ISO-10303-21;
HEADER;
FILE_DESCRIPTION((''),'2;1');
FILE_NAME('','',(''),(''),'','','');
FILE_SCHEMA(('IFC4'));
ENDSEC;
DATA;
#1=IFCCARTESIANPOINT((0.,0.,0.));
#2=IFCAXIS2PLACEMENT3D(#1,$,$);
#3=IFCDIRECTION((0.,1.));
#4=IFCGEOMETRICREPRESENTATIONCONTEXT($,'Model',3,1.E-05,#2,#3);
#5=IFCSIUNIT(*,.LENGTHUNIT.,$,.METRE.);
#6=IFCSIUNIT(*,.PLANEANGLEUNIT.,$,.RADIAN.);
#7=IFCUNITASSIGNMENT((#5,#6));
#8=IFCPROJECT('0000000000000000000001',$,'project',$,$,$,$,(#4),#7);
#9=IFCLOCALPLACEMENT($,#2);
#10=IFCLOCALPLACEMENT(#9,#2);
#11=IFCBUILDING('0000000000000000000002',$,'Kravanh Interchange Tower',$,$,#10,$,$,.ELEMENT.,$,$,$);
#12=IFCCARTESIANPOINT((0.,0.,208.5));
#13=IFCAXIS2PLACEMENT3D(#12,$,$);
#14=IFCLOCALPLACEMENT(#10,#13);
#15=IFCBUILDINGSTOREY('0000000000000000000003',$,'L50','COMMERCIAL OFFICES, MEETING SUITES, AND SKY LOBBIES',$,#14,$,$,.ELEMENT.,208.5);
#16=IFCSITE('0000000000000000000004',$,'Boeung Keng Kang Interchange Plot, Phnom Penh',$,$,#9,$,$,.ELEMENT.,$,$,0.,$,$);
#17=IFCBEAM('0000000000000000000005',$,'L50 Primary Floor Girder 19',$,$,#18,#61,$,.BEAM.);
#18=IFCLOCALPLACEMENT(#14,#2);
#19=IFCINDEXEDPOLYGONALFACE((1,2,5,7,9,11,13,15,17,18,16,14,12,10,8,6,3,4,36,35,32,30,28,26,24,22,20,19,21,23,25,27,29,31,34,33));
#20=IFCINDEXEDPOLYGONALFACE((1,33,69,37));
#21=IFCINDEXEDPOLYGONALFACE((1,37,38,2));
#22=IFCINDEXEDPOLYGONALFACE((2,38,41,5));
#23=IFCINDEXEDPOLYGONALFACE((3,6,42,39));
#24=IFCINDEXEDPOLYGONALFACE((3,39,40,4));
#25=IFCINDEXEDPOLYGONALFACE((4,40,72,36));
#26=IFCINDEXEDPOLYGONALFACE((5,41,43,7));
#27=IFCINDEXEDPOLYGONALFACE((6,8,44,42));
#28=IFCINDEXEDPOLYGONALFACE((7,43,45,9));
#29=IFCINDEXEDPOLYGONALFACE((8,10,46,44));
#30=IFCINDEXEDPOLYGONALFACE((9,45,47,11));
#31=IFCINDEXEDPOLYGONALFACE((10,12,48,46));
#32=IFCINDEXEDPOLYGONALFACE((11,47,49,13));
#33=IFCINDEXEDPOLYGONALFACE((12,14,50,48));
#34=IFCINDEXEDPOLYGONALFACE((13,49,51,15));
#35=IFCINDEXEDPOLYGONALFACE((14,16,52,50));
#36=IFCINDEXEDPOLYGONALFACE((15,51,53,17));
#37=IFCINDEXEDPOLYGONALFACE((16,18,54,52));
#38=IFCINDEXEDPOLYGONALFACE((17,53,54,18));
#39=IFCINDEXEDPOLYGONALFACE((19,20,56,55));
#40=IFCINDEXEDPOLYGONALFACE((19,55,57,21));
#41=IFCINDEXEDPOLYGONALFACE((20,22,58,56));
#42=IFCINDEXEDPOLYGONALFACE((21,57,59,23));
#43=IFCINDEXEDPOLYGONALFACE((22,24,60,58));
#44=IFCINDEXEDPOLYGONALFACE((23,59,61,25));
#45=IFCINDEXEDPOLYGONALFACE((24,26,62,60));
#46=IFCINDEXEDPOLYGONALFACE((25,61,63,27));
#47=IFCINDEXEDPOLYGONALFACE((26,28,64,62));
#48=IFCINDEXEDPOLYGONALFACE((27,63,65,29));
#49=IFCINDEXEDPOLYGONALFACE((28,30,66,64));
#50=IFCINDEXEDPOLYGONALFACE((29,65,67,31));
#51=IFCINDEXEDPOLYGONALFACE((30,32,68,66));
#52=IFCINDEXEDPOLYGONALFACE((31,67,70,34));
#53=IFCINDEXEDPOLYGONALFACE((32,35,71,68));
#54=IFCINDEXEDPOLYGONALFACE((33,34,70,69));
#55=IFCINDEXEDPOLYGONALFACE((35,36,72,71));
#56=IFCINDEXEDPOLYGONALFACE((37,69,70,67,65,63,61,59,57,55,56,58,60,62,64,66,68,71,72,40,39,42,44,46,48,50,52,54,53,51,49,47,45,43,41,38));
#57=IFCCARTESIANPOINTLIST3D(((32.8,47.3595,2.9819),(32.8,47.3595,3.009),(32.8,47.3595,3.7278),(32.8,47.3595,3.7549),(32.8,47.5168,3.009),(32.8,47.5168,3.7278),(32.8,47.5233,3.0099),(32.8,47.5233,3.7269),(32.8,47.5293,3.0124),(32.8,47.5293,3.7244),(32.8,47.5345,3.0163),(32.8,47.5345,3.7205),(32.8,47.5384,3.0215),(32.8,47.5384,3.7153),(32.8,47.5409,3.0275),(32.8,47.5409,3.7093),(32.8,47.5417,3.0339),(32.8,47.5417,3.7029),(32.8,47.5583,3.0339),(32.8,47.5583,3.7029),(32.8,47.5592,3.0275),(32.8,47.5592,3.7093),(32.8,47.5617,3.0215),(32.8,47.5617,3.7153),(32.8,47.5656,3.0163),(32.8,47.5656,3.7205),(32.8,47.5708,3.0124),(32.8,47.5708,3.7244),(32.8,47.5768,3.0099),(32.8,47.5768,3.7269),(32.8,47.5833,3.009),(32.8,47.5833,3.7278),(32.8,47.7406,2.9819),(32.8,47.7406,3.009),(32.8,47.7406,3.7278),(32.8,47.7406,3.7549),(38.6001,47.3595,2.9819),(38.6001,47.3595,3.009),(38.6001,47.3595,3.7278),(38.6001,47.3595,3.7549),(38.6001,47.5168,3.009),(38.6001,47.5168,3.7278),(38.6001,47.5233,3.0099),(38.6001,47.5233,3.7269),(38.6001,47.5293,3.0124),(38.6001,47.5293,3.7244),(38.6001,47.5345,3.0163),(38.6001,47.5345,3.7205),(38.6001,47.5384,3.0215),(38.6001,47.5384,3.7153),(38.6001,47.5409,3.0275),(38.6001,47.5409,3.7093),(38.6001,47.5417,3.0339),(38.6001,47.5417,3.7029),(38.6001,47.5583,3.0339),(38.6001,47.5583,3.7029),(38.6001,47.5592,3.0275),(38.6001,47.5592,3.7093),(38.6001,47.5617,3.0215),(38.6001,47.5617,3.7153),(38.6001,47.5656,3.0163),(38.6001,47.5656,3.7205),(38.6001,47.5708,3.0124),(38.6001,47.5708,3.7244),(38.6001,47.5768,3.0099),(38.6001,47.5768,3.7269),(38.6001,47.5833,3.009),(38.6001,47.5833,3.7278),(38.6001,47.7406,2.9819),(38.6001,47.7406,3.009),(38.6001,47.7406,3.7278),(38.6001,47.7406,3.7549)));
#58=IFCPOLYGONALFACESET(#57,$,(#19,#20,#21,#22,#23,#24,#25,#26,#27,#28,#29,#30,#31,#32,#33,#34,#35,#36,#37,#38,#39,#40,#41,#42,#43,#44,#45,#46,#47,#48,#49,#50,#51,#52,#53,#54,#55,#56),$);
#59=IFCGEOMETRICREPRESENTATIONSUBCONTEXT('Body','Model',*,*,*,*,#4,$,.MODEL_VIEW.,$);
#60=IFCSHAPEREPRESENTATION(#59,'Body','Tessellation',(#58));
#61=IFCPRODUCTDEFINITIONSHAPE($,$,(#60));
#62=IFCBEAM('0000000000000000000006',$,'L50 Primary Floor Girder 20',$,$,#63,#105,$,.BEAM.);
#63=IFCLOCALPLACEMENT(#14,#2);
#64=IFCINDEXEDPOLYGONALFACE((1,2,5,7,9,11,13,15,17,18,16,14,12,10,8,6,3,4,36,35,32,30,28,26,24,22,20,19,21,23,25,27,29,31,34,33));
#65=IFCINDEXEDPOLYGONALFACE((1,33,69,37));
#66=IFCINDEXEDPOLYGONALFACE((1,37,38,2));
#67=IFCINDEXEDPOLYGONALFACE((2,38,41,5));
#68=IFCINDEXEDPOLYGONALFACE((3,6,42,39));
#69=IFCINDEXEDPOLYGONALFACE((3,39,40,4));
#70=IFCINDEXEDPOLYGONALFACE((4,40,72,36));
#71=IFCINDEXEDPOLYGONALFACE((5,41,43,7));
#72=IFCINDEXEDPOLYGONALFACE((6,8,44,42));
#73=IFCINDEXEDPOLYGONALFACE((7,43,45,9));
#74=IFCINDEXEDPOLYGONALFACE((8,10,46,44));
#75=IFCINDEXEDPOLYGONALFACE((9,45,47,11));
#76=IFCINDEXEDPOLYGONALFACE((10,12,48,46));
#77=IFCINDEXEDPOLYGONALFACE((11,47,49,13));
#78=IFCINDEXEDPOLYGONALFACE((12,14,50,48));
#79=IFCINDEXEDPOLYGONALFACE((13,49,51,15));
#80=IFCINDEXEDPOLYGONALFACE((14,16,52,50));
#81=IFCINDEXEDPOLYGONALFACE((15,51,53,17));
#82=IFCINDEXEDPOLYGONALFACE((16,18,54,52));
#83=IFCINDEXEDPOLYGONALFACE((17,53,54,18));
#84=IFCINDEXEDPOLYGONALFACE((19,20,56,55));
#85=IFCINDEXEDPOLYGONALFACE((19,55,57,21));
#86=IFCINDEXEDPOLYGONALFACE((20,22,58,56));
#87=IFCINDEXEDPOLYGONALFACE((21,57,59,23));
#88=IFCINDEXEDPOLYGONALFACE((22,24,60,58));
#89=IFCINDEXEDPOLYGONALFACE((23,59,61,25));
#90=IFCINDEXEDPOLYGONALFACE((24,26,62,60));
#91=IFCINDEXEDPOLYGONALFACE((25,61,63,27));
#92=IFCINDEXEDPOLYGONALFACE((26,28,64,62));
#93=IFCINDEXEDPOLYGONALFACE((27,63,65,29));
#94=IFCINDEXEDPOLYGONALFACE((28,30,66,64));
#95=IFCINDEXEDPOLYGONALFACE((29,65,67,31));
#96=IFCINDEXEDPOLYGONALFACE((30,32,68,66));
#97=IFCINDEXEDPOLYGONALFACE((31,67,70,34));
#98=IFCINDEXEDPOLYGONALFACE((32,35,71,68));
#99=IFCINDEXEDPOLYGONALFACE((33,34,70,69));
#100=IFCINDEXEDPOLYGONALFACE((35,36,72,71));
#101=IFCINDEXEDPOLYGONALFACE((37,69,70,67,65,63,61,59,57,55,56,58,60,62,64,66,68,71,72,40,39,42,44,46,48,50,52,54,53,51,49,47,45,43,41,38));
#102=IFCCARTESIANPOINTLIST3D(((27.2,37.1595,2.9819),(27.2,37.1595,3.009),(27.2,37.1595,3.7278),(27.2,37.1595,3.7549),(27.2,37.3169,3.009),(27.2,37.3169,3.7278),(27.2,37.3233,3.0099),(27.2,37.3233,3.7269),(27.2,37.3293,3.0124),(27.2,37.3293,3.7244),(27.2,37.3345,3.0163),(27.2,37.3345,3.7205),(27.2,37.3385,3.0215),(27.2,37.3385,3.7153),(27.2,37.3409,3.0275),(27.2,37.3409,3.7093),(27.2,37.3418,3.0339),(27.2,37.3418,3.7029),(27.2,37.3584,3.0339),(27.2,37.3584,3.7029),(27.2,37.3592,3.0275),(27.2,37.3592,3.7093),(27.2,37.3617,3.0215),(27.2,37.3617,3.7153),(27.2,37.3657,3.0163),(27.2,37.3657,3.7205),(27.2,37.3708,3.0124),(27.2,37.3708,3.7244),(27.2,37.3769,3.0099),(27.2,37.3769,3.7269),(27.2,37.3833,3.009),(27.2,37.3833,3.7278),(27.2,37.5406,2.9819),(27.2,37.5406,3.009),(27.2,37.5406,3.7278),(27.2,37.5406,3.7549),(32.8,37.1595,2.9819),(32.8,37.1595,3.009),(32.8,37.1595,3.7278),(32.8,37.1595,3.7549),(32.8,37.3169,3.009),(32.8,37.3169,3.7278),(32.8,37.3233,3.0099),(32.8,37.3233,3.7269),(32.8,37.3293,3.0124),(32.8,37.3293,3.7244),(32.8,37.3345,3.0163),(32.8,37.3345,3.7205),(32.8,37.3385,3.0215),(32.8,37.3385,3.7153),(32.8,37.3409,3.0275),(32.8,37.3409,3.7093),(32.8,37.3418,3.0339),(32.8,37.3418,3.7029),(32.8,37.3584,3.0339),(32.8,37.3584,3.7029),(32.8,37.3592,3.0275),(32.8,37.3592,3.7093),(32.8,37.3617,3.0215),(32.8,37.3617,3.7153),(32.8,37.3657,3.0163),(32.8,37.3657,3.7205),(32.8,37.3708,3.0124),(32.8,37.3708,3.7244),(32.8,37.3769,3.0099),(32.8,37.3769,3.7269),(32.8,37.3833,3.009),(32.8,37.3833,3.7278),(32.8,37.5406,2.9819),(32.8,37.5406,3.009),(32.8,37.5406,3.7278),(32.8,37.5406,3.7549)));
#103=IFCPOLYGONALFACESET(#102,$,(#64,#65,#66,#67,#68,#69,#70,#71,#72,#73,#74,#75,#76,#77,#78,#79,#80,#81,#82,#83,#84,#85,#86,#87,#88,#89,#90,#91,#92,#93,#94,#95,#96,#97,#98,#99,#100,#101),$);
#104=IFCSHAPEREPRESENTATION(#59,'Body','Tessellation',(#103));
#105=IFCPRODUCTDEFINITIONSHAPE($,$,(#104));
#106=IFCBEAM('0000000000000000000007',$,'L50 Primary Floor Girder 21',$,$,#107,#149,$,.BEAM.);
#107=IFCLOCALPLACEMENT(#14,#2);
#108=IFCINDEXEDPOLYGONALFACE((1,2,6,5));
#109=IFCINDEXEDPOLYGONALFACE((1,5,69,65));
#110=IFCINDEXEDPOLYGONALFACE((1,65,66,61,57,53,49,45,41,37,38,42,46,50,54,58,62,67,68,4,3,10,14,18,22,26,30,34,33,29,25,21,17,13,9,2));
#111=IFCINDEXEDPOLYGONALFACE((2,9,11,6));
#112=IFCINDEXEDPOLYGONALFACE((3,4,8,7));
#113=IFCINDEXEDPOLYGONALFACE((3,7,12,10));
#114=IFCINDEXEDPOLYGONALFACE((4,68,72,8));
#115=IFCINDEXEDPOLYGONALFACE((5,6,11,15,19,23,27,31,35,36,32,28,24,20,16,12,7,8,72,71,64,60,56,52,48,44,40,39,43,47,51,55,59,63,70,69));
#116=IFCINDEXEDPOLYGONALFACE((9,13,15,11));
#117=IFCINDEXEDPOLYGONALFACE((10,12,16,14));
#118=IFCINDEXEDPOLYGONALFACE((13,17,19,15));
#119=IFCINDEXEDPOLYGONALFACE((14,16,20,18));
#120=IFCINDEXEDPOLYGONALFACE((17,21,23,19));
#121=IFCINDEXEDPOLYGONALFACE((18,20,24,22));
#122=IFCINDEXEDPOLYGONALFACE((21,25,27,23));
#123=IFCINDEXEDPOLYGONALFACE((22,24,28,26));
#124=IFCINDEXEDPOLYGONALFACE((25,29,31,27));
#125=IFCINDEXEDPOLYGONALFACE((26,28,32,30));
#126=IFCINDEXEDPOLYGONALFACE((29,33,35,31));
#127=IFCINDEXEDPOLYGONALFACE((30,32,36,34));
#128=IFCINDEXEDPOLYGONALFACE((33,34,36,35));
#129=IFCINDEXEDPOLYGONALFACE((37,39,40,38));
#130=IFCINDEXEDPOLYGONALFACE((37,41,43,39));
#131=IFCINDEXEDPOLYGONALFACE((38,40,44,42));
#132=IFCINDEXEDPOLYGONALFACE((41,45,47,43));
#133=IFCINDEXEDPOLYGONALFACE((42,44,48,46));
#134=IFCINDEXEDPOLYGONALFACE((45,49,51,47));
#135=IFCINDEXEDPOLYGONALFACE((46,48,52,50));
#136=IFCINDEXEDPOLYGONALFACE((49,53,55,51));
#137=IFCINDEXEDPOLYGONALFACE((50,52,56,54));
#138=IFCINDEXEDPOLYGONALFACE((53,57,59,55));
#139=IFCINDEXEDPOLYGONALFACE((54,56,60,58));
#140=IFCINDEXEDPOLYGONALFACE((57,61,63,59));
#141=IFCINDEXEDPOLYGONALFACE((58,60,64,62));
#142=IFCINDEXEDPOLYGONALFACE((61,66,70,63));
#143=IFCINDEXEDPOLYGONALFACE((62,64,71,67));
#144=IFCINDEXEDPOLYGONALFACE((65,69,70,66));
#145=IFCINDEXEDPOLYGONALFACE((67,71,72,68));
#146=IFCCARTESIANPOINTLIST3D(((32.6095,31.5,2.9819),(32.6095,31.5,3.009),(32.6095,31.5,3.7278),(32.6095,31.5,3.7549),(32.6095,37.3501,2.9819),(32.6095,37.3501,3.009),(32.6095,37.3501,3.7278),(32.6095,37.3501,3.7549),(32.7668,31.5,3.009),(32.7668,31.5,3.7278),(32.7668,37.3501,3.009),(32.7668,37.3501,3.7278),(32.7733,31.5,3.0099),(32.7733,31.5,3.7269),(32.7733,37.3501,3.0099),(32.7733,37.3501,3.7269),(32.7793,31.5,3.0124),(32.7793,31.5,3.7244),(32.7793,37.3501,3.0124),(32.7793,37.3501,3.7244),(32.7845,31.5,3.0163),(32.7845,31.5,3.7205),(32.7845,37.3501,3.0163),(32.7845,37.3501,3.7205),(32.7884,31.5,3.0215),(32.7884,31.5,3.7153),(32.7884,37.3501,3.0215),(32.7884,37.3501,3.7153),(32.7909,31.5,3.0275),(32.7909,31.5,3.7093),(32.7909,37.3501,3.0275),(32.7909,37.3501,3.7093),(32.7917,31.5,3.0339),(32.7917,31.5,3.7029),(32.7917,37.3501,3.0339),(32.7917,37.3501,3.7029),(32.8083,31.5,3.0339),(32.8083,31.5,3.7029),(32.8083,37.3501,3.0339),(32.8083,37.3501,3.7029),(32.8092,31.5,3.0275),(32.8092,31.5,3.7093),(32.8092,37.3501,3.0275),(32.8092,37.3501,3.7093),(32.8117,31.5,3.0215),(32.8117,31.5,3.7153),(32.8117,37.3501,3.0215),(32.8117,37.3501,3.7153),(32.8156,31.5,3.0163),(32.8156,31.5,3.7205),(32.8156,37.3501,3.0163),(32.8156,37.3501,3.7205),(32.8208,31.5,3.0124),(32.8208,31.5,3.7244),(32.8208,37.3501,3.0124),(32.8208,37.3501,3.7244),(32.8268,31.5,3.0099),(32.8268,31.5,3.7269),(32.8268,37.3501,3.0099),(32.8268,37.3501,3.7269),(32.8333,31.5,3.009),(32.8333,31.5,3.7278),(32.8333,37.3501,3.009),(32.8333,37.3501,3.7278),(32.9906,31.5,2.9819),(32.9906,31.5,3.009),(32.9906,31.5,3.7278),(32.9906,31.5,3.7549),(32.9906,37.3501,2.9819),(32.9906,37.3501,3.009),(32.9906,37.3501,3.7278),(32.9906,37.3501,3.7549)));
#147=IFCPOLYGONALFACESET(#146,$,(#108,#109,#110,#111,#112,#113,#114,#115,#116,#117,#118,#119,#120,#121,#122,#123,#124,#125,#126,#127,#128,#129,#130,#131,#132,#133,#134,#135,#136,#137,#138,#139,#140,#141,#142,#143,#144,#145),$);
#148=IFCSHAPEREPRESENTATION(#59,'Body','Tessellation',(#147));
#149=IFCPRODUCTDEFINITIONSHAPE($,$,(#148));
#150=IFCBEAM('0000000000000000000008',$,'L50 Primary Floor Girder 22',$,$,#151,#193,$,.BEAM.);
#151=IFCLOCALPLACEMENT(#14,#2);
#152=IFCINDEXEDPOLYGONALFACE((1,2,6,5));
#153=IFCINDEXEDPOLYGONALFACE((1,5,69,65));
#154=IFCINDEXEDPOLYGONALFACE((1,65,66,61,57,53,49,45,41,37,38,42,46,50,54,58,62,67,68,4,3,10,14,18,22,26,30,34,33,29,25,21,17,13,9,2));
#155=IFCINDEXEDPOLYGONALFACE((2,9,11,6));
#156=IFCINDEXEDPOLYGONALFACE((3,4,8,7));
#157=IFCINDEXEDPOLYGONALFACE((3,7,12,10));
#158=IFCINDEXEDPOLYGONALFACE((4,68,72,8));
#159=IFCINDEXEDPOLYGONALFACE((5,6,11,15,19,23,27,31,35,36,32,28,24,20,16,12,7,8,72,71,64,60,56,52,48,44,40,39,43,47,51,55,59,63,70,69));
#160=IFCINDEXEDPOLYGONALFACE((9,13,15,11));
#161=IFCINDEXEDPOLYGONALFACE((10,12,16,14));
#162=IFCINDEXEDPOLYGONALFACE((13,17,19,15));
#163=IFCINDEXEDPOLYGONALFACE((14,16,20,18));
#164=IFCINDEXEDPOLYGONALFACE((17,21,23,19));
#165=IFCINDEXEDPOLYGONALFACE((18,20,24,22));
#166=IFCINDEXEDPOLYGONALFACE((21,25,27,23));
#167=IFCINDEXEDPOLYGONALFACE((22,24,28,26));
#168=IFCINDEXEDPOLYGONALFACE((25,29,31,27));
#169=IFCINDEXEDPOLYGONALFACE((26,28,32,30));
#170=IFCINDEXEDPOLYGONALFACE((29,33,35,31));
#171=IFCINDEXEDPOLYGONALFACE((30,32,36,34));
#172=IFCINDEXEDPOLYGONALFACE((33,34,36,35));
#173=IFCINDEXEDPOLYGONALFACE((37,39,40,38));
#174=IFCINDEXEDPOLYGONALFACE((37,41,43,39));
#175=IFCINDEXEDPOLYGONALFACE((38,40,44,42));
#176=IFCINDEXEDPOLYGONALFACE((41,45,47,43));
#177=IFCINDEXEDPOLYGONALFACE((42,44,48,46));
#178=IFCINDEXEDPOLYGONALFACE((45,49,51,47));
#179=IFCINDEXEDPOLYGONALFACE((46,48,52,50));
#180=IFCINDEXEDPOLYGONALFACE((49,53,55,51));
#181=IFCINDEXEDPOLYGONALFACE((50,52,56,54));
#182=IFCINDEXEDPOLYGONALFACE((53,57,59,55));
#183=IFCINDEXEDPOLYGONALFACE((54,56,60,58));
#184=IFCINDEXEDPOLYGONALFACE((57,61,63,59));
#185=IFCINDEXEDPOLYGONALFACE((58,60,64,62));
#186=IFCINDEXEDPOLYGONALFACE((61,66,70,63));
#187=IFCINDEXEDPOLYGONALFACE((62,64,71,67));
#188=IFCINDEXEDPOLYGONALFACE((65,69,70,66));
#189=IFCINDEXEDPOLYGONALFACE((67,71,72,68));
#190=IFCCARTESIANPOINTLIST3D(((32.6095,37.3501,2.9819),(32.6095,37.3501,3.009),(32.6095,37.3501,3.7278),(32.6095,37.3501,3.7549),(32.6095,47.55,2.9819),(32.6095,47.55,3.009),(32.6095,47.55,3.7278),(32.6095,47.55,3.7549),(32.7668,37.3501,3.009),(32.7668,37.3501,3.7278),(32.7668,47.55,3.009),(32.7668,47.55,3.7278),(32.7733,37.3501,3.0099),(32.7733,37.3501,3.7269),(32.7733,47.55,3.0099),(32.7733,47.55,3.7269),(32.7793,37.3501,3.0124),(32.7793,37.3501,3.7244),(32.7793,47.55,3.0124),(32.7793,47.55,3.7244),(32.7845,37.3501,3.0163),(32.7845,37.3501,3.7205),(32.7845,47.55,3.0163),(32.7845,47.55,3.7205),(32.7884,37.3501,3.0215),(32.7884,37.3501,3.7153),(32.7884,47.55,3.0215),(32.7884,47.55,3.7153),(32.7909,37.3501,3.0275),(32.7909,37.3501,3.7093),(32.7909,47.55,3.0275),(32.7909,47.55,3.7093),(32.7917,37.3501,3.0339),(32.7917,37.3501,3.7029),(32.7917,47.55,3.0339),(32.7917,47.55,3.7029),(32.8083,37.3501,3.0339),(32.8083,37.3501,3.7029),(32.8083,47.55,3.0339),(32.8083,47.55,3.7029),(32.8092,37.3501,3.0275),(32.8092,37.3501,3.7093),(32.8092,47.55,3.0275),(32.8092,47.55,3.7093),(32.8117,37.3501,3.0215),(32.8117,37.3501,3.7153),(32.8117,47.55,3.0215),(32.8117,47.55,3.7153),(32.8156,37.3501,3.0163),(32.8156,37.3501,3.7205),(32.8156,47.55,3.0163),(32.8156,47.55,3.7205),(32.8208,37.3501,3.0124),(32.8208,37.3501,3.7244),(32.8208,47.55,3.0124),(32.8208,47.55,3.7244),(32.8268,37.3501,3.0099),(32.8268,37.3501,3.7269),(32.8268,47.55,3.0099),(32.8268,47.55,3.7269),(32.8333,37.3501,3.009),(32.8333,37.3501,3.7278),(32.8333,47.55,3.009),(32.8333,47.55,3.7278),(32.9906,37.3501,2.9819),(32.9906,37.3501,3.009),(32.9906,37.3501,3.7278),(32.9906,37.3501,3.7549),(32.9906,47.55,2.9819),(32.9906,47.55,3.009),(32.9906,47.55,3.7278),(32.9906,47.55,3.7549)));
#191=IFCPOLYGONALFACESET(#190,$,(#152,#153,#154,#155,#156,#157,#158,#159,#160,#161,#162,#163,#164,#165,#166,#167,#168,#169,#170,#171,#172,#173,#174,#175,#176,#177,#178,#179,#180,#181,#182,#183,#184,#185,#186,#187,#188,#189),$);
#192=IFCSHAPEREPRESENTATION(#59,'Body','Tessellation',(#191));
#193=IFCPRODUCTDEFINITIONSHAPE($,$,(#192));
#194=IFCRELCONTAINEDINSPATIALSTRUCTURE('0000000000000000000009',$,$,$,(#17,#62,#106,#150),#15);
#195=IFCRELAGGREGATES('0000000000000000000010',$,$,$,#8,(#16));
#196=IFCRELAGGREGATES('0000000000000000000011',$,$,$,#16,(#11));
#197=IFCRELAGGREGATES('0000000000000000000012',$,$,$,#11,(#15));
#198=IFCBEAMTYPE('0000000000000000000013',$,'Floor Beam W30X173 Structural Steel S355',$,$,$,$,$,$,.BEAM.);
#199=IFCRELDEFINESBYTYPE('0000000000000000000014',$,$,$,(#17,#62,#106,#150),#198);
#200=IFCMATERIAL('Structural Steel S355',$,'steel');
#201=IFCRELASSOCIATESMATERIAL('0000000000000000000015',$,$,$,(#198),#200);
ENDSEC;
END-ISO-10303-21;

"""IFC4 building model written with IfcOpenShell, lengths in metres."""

from ifc_helpers import new_model, si_unit, direction, frame, origin, origin_2d, place, context, subcontext, project, spatial, i_section, extrude, material, material_profile, profile_set, type_object, element, save


model = new_model("IFC4")

# Units and contexts
model_context = context("Model", 3, precision=1e-05, world=origin(), true_north=direction((0.0, 1.0)))
body_context = subcontext(model_context, "Body", "Model", "MODEL_VIEW")
ifc_project = project(units=[si_unit("LENGTHUNIT", "METRE"), si_unit("PLANEANGLEUNIT", "RADIAN")], contexts=[model_context])

# Site, building, storey
site_placement = place(None, origin())
site = spatial("IfcSite", under=ifc_project, at=site_placement, Name="Boeung Keng Kang Interchange Plot, Phnom Penh", CompositionType="ELEMENT", RefElevation=0.0)
building_placement = place(site_placement, origin())
building = spatial("IfcBuilding", under=site, at=building_placement, Name="Kravanh Interchange Tower", CompositionType="ELEMENT")
storey_placement = place(building_placement, frame((0.0, 0.0, 208.5)))
storey = spatial("IfcBuildingStorey", under=building, at=storey_placement, Name="L50", Description="COMMERCIAL OFFICES, MEETING SUITES, AND SKY LOBBIES", CompositionType="ELEMENT", Elevation=208.5)

# Beams
ifc_material_1 = material(Name="Structural Steel S355", Category="steel")
ifc_material_profile_1 = material_profile(ifc_material_1, i_section(OverallWidth=0.3811, OverallDepth=0.7729, WebThickness=0.0166, FlangeThickness=0.0271, FilletRadius=0.0249, at=origin_2d()), Name="W30X173")
ifc_profile_set_1 = profile_set([ifc_material_profile_1], Name="Structural Steel S355")
beam_type = type_object("IfcBeamType", Name="Floor Beam W30X173 Structural Steel S355", PredefinedType="BEAM", material=ifc_profile_set_1)
beam_1_placement = place(storey_placement, frame((38.6001, 47.55, 3.3684), z_axis=(-1.0, 0.0, 0.0), x_axis=(0.0, -1.0, 0.0)))
element("IfcBeam", 1, at=beam_1_placement, inside=storey, type_object=beam_type, Name="L50 Primary Floor Girder 19", PredefinedType="BEAM", context=body_context, shape_type="SweptSolid", body=[
    extrude(i_section(OverallWidth=0.3811, OverallDepth=0.7729, WebThickness=0.0166, FlangeThickness=0.0271, FilletRadius=0.0249, at=origin_2d()), origin(), (0.0, 0.0, 1.0), 5.8),
])
beam_2_placement = place(storey_placement, frame((32.8, 37.3501, 3.3684), z_axis=(-1.0, 0.0, 0.0), x_axis=(0.0, -1.0, 0.0)))
element("IfcBeam", 2, at=beam_2_placement, inside=storey, type_object=beam_type, Name="L50 Primary Floor Girder 20", PredefinedType="BEAM", context=body_context, shape_type="SweptSolid", body=[
    extrude(i_section(OverallWidth=0.3811, OverallDepth=0.7729, WebThickness=0.0166, FlangeThickness=0.0271, FilletRadius=0.0249, at=origin_2d()), origin(), (0.0, 0.0, 1.0), 5.6001),
])
beam_3_placement = place(storey_placement, frame((32.8, 37.3501, 3.3684), z_axis=(0.0, -1.0, 0.0), x_axis=(1.0, 0.0, 0.0)))
element("IfcBeam", 3, at=beam_3_placement, inside=storey, type_object=beam_type, Name="L50 Primary Floor Girder 21", PredefinedType="BEAM", context=body_context, shape_type="SweptSolid", body=[
    extrude(i_section(OverallWidth=0.3811, OverallDepth=0.7729, WebThickness=0.0166, FlangeThickness=0.0271, FilletRadius=0.0249, at=origin_2d()), origin(), (0.0, 0.0, 1.0), 5.8501),
])
beam_4_placement = place(storey_placement, frame((32.8, 37.3501, 3.3684), z_axis=(0.0, 1.0, 0.0), x_axis=(-1.0, 0.0, 0.0)))
element("IfcBeam", 4, at=beam_4_placement, inside=storey, type_object=beam_type, Name="L50 Primary Floor Girder 22", PredefinedType="BEAM", context=body_context, shape_type="SweptSolid", body=[
    extrude(i_section(OverallWidth=0.3811, OverallDepth=0.7729, WebThickness=0.0166, FlangeThickness=0.0271, FilletRadius=0.0249, at=origin_2d()), origin(), (0.0, 0.0, 1.0), 10.2),
])

save(model, "model.ifc")
